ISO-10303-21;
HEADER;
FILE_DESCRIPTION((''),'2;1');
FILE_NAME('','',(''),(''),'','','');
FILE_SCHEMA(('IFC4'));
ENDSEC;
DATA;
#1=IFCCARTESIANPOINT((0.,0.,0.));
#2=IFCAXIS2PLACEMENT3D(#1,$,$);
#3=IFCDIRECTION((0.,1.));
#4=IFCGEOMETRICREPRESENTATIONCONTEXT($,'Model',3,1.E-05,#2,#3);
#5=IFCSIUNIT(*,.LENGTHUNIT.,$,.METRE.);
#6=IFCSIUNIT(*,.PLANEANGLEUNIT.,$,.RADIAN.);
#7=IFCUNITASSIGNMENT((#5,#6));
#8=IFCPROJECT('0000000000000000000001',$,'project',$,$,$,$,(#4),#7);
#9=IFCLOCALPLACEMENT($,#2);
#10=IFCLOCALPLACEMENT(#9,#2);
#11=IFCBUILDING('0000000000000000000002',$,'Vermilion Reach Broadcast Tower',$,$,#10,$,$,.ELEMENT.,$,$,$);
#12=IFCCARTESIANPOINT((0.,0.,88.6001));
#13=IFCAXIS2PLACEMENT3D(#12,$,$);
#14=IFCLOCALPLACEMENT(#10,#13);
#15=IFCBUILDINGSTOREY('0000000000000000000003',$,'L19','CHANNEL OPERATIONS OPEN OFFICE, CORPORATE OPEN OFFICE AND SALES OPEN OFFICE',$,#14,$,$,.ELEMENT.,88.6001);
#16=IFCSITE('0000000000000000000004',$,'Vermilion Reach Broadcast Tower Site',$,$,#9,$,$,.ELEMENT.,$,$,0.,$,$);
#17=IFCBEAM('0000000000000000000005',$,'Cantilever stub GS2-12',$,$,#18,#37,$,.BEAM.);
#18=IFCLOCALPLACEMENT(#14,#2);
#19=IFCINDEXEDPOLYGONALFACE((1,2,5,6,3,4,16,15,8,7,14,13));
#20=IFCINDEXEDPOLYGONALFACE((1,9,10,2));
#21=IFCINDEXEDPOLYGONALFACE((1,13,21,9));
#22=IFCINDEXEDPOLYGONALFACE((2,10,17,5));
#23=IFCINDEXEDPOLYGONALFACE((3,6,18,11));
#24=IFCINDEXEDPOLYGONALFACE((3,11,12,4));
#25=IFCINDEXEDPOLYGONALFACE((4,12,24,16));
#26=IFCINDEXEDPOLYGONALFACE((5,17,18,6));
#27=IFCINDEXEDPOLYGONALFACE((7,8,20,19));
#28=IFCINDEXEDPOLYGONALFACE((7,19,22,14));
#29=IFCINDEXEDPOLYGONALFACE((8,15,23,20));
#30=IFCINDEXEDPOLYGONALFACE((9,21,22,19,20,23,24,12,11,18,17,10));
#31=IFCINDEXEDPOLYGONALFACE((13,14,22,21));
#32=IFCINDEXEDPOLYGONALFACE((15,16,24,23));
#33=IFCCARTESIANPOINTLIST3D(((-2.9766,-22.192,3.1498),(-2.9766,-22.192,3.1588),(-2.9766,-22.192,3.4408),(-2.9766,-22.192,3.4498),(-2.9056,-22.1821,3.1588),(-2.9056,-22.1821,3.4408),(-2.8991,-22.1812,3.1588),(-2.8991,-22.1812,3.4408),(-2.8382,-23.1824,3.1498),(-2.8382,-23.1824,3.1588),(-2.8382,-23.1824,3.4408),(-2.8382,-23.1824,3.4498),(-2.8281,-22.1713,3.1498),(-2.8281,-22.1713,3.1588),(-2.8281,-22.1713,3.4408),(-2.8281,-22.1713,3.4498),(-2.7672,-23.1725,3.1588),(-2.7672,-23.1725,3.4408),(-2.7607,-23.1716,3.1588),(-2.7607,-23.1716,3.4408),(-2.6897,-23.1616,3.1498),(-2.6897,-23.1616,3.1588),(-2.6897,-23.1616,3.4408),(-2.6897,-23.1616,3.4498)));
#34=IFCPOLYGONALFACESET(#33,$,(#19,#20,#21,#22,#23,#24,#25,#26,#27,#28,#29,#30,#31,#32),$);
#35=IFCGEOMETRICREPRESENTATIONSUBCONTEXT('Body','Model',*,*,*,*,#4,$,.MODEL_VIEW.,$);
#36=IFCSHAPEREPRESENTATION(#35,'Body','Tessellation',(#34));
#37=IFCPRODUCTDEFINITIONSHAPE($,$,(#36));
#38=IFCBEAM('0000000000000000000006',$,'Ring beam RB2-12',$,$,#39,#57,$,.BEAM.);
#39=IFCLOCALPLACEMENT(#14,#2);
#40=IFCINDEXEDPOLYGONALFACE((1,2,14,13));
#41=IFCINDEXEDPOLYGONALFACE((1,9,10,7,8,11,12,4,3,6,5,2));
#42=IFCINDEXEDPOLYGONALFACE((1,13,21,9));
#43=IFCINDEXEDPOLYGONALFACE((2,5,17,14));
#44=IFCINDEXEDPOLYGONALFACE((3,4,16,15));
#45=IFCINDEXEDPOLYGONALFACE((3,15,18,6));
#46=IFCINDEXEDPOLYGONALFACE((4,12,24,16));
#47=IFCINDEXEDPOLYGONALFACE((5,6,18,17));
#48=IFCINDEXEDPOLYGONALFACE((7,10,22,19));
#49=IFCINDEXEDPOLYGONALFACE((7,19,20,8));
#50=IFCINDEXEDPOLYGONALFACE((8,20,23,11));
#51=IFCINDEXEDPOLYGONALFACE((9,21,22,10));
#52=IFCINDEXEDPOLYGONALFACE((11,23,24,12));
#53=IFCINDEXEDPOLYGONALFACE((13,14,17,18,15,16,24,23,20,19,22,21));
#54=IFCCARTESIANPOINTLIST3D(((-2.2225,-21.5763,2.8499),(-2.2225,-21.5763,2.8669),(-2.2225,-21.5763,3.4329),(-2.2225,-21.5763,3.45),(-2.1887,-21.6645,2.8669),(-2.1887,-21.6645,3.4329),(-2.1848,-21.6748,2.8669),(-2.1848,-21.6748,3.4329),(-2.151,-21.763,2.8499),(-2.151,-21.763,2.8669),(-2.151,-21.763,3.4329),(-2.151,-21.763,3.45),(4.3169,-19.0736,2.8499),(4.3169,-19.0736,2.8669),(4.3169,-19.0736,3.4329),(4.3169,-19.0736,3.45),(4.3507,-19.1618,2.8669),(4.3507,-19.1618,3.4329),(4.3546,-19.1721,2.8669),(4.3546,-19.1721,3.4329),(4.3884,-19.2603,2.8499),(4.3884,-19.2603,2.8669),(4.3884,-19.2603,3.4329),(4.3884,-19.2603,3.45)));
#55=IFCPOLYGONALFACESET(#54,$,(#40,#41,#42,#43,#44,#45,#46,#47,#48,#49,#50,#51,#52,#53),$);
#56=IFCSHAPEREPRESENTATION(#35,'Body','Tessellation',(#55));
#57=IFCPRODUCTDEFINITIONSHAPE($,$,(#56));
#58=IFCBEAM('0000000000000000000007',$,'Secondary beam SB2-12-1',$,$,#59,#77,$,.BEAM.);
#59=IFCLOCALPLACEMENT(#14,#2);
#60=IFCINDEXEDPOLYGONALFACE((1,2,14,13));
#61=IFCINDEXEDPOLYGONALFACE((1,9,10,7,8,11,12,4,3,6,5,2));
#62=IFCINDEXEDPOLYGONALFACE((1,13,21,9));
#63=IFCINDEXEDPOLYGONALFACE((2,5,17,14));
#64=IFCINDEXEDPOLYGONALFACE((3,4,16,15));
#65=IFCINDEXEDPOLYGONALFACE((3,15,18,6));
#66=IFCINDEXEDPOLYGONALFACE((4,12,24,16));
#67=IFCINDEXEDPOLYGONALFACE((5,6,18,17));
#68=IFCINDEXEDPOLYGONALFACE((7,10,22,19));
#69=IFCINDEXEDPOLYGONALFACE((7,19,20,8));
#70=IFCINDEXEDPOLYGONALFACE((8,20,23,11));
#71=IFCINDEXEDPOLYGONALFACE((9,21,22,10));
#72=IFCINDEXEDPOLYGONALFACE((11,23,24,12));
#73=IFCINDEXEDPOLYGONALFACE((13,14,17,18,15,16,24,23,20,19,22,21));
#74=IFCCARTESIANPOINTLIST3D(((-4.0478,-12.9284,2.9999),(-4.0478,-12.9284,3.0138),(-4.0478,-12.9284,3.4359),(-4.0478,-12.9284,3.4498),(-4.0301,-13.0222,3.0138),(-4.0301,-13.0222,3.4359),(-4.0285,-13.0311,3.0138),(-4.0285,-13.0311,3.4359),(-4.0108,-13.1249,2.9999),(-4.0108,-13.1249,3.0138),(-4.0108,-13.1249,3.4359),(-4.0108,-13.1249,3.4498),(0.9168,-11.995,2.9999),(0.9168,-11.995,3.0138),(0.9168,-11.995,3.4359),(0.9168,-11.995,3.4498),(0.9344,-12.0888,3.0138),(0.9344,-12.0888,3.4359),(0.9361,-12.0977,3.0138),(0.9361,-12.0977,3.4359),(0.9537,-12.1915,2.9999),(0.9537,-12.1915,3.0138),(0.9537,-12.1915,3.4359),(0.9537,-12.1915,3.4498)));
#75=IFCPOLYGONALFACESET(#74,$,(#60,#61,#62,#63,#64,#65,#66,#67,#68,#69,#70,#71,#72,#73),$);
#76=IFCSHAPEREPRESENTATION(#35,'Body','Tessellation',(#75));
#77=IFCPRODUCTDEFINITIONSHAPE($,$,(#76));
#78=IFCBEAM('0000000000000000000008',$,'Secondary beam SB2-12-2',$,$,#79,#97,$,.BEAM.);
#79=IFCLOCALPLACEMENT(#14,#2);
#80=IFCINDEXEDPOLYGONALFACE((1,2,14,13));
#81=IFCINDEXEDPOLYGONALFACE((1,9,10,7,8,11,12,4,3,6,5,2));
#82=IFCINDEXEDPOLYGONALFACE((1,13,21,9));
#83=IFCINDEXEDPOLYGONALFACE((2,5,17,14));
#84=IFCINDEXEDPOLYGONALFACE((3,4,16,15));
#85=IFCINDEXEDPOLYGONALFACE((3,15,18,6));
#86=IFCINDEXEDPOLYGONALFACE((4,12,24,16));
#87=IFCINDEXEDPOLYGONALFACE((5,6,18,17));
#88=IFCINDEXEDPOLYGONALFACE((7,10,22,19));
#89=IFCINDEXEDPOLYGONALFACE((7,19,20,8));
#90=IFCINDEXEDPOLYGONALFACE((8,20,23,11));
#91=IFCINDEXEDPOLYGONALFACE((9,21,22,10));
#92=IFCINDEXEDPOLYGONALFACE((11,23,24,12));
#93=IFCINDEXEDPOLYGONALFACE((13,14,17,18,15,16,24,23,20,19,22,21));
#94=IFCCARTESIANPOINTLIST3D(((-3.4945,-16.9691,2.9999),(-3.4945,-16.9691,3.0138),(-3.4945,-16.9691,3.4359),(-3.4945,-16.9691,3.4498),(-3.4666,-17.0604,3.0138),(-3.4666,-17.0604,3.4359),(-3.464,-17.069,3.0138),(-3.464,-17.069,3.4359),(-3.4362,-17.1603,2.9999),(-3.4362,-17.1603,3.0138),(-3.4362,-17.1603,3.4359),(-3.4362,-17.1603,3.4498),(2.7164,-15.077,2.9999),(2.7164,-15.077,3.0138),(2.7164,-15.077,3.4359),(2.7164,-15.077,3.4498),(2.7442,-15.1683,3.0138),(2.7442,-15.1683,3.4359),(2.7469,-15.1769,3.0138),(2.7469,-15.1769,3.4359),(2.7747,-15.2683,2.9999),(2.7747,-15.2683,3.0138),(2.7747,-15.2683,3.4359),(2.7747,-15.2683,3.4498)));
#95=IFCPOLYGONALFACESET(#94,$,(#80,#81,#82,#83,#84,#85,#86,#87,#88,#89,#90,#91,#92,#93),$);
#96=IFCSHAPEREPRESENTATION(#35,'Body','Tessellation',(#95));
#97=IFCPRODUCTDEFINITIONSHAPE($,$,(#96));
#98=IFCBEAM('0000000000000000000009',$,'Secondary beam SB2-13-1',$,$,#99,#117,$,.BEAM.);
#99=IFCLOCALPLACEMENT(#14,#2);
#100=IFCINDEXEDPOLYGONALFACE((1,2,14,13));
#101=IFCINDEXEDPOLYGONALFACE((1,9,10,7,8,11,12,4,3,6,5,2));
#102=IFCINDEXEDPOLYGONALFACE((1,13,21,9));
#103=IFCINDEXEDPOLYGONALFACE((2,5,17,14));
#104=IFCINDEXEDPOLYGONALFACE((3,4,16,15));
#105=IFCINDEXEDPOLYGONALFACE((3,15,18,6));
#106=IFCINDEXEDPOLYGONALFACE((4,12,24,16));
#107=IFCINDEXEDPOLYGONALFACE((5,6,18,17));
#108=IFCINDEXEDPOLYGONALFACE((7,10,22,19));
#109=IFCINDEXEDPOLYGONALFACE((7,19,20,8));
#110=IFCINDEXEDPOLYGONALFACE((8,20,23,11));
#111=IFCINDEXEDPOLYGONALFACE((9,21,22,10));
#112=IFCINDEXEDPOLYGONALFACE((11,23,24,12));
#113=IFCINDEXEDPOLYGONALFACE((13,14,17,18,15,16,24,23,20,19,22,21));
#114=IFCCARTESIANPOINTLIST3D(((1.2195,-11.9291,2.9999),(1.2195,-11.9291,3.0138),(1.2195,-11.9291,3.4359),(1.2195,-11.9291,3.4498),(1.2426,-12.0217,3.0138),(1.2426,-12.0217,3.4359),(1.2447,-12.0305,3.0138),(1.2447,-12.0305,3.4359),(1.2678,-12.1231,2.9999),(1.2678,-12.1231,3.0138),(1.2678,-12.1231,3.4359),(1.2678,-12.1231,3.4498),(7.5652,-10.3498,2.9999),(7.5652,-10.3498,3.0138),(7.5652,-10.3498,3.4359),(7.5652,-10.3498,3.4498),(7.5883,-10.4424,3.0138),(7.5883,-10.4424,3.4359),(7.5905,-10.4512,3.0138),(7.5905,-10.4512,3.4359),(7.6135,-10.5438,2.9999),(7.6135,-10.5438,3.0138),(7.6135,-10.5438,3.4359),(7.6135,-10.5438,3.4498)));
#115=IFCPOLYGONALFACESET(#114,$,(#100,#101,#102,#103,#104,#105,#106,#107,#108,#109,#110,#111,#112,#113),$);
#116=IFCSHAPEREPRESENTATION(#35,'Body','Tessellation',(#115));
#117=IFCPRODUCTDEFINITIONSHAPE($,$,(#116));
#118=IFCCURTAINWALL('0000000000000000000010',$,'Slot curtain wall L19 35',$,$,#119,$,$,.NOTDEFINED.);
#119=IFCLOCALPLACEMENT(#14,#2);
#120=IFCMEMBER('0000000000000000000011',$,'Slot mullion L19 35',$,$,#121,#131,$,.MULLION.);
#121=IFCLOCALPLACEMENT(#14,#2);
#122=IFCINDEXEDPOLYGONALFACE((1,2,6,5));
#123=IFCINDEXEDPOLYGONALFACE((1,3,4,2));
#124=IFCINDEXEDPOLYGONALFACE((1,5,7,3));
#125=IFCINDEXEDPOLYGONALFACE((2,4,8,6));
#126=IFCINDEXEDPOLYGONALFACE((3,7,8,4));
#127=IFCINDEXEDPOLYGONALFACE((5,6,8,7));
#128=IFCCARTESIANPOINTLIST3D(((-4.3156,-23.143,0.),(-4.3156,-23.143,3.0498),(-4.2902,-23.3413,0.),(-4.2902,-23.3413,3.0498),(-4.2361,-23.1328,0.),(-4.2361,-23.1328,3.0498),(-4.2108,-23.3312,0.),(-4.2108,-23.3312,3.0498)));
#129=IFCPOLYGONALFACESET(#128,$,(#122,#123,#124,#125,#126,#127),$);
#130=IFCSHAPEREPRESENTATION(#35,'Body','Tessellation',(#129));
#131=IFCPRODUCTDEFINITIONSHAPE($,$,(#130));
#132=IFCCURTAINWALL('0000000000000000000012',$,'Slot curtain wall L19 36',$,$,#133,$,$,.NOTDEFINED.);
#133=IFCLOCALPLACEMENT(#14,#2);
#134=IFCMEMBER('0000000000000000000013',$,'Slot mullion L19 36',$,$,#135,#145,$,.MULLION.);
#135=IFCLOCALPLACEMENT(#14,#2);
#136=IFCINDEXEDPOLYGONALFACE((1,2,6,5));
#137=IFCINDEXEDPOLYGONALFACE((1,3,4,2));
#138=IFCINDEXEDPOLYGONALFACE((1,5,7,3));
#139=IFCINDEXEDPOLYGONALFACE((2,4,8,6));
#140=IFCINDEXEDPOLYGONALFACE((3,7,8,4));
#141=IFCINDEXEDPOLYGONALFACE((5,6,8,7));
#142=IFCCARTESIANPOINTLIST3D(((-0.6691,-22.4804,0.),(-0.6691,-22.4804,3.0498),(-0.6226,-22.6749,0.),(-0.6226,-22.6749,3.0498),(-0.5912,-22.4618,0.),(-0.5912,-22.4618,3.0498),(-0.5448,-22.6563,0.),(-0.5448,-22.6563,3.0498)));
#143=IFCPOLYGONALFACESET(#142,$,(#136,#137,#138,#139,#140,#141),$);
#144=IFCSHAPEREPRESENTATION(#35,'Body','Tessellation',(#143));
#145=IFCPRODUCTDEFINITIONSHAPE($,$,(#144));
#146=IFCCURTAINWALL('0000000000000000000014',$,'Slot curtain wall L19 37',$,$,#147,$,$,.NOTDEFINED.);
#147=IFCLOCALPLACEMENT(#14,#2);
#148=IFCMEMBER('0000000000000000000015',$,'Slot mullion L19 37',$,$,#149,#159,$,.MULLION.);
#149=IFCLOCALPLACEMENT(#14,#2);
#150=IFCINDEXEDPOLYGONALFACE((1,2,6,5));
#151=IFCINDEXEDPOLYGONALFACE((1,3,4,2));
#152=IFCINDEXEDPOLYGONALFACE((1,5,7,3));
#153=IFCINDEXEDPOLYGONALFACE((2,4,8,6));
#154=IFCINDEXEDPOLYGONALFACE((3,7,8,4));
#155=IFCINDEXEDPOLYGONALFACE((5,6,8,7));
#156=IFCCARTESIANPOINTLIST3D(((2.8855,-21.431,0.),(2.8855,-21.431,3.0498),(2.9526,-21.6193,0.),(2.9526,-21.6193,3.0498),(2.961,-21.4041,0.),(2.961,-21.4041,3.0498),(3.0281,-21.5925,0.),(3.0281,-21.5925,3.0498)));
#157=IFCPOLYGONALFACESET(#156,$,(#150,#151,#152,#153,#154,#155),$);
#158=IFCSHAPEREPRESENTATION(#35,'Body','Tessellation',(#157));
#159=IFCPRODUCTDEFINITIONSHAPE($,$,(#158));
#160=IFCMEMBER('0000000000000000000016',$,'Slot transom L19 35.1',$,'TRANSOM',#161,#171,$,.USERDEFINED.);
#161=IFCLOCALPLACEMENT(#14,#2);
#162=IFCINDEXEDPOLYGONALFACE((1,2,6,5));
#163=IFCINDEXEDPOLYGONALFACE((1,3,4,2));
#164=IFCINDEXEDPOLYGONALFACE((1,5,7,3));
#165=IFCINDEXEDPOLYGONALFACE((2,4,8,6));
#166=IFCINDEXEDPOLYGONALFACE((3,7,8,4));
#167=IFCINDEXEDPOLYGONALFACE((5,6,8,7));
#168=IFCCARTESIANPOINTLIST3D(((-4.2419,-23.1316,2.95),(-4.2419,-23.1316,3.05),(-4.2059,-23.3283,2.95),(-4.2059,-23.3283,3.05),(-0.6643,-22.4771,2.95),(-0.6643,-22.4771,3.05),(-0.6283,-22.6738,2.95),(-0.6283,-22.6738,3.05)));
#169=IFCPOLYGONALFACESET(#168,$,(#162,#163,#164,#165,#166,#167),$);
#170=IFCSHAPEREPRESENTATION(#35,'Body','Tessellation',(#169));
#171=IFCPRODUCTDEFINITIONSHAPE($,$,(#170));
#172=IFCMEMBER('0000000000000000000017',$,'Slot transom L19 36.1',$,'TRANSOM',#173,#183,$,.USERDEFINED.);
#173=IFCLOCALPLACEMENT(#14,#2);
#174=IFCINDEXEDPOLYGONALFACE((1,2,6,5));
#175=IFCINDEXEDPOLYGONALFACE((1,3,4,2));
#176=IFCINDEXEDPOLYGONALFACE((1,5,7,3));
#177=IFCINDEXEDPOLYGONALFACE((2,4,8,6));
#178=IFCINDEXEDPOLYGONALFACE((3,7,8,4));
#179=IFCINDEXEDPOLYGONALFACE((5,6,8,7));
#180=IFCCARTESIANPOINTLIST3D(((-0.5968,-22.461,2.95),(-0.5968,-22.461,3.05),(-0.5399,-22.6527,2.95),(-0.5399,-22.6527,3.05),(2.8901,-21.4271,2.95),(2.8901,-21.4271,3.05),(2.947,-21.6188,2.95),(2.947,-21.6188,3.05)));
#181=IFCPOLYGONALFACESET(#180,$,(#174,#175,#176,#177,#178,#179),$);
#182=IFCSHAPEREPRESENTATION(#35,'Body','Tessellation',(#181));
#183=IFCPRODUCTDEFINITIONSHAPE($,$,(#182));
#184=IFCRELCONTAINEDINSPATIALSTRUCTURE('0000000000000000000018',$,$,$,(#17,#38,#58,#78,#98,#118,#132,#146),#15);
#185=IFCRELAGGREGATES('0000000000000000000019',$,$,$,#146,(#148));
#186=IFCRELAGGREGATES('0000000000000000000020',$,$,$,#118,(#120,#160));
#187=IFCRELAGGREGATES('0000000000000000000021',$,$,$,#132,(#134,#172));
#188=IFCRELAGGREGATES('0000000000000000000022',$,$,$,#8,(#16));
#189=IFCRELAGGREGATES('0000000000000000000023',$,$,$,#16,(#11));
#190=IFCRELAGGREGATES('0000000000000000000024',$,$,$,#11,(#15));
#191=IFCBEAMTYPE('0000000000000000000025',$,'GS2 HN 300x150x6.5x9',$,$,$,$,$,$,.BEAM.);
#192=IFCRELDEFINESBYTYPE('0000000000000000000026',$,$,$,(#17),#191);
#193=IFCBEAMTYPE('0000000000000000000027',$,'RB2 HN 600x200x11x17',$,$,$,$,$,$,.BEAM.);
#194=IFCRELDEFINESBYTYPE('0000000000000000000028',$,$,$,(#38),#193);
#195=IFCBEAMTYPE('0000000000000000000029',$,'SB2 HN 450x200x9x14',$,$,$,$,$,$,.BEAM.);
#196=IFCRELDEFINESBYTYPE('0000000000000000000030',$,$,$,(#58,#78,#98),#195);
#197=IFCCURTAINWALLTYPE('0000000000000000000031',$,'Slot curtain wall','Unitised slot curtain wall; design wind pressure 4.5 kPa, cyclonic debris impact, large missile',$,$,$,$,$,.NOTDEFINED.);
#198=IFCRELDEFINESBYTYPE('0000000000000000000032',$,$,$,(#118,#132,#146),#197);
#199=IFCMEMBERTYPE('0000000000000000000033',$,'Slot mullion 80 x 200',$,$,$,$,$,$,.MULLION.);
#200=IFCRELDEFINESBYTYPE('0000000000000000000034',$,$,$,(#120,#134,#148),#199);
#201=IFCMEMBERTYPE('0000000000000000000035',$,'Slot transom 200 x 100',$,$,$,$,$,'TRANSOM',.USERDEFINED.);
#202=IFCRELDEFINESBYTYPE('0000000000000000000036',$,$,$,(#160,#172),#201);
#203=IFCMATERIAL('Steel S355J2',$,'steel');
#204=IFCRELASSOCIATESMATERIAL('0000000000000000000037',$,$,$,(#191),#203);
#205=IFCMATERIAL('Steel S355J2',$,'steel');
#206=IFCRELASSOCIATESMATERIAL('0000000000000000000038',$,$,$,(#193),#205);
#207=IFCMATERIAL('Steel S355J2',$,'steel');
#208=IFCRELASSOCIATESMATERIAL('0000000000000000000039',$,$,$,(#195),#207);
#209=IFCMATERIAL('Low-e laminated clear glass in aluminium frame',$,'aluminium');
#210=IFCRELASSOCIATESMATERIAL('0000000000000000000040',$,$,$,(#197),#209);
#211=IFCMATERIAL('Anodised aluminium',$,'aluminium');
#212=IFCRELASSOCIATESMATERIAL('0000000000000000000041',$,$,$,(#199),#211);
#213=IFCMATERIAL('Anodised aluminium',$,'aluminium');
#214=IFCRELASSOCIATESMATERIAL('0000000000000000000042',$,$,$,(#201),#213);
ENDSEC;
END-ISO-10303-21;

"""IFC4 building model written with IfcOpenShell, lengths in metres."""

from ifc_helpers import new_model, si_unit, direction, frame, origin, origin_2d, place, context, subcontext, project, spatial, rectangle, i_section, extrude, material, material_profile, profile_set, type_object, element, aggregate, save


model = new_model("IFC4")

# Units and contexts
model_context = context("Model", 3, precision=1e-05, world=origin(), true_north=direction((0.0, 1.0)))
body_context = subcontext(model_context, "Body", "Model", "MODEL_VIEW")
ifc_project = project(units=[si_unit("LENGTHUNIT", "METRE"), si_unit("PLANEANGLEUNIT", "RADIAN")], contexts=[model_context])

# Site, building, storey
site_placement = place(None, origin())
site = spatial("IfcSite", under=ifc_project, at=site_placement, Name="Vermilion Reach Broadcast Tower Site", CompositionType="ELEMENT", RefElevation=0.0)
building_placement = place(site_placement, origin())
building = spatial("IfcBuilding", under=site, at=building_placement, Name="Vermilion Reach Broadcast Tower", CompositionType="ELEMENT")
storey_placement = place(building_placement, frame((0.0, 0.0, 88.6001)))
storey = spatial("IfcBuildingStorey", under=building, at=storey_placement, Name="L19", Description="CHANNEL OPERATIONS OPEN OFFICE, CORPORATE OPEN OFFICE AND SALES OPEN OFFICE", CompositionType="ELEMENT", Elevation=88.6001)

# Beams
ifc_material_1 = material(Name="Steel S355J2", Category="steel")
ifc_material_profile_1 = material_profile(ifc_material_1, i_section(OverallWidth=0.1499, OverallDepth=0.3, WebThickness=0.0066, FlangeThickness=0.009, at=origin_2d()), Name="S355J2 HN 300x150x6.5x9")
ifc_profile_set_1 = profile_set([ifc_material_profile_1], Name="Steel S355J2")
beam_type_1 = type_object("IfcBeamType", Name="GS2 HN 300x150x6.5x9", PredefinedType="BEAM", material=ifc_profile_set_1)
beam_1_placement = place(storey_placement, frame((-2.9023, -22.1816, 3.2998), z_axis=(0.138413, -0.990375, 0.0), x_axis=(0.990375, 0.138413, 0.0)))
element("IfcBeam", 1, at=beam_1_placement, inside=storey, type_object=beam_type_1, Name="Cantilever stub GS2-12", PredefinedType="BEAM", context=body_context, shape_type="SweptSolid", body=[
    extrude(i_section(OverallWidth=0.1499, OverallDepth=0.3, WebThickness=0.0066, FlangeThickness=0.009, at=origin_2d()), origin(), (0.0, 0.0, 1.0), 1.0),
])
ifc_material_2 = material(Name="Steel S355J2", Category="steel")
ifc_material_profile_2 = material_profile(ifc_material_2, i_section(OverallWidth=0.2, OverallDepth=0.6001, WebThickness=0.011, FlangeThickness=0.0171, at=origin_2d()), Name="S355J2 HN 600x200x11x17")
ifc_profile_set_2 = profile_set([ifc_material_profile_2], Name="Steel S355J2")
beam_type_2 = type_object("IfcBeamType", Name="RB2 HN 600x200x11x17", PredefinedType="BEAM", material=ifc_profile_set_2)
beam_2_placement = place(storey_placement, frame((-2.1868, -21.6697, 3.1499), z_axis=(0.933939, 0.357432, 0.0), x_axis=(-0.357432, 0.933939, 0.0)))
element("IfcBeam", 2, at=beam_2_placement, inside=storey, type_object=beam_type_2, Name="Ring beam RB2-12", PredefinedType="BEAM", context=body_context, shape_type="SweptSolid", body=[
    extrude(i_section(OverallWidth=0.2, OverallDepth=0.6001, WebThickness=0.011, FlangeThickness=0.0171, at=origin_2d()), origin(), (0.0, 0.0, 1.0), 7.002),
])
ifc_material_3 = material(Name="Steel S355J2", Category="steel")
ifc_material_profile_3 = material_profile(ifc_material_3, i_section(OverallWidth=0.2, OverallDepth=0.45, WebThickness=0.009, FlangeThickness=0.0139, at=origin_2d()), Name="S355J2 HN 450x200x9x14")
ifc_profile_set_3 = profile_set([ifc_material_profile_3], Name="Steel S355J2")
beam_type_3 = type_object("IfcBeamType", Name="SB2 HN 450x200x9x14", PredefinedType="BEAM", material=ifc_profile_set_3)
beam_3_placement = place(storey_placement, frame((-4.0293, -13.0266, 3.2249), z_axis=(0.982783, 0.184764, 0.0), x_axis=(-0.184764, 0.982783, 0.0)))
element("IfcBeam", 3, at=beam_3_placement, inside=storey, type_object=beam_type_3, Name="Secondary beam SB2-12-1", PredefinedType="BEAM", context=body_context, shape_type="SweptSolid", body=[
    extrude(i_section(OverallWidth=0.2, OverallDepth=0.45, WebThickness=0.009, FlangeThickness=0.0139, at=origin_2d()), origin(), (0.0, 0.0, 1.0), 5.0515),
])
beam_4_placement = place(storey_placement, frame((-3.4653, -17.0647, 3.2249), z_axis=(0.956596, 0.291416, 0.0), x_axis=(-0.291416, 0.956596, 0.0)))
element("IfcBeam", 4, at=beam_4_placement, inside=storey, type_object=beam_type_3, Name="Secondary beam SB2-12-2", PredefinedType="BEAM", context=body_context, shape_type="SweptSolid", body=[
    extrude(i_section(OverallWidth=0.2, OverallDepth=0.45, WebThickness=0.009, FlangeThickness=0.0139, at=origin_2d()), origin(), (0.0, 0.0, 1.0), 6.4927),
])
beam_5_placement = place(storey_placement, frame((1.2437, -12.0261, 3.2249), z_axis=(0.970397, 0.241516, 0.0), x_axis=(-0.241516, 0.970397, 0.0)))
element("IfcBeam", 5, at=beam_5_placement, inside=storey, type_object=beam_type_3, Name="Secondary beam SB2-13-1", PredefinedType="BEAM", context=body_context, shape_type="SweptSolid", body=[
    extrude(i_section(OverallWidth=0.2, OverallDepth=0.45, WebThickness=0.009, FlangeThickness=0.0139, at=origin_2d()), origin(), (0.0, 0.0, 1.0), 6.5393),
])

# Curtain walls, members
ifc_material_4 = material(Name="Low-e laminated clear glass in aluminium frame", Category="aluminium")
curtain_wall_type = type_object("IfcCurtainWallType", Name="Slot curtain wall", Description="Unitised slot curtain wall; design wind pressure 4.5 kPa, cyclonic debris impact, large missile", PredefinedType="NOTDEFINED", material=ifc_material_4)
placement = place(storey_placement, origin())
curtain_wall_1 = element("IfcCurtainWall", 6, at=placement, inside=storey, type_object=curtain_wall_type, Name="Slot curtain wall L19 35", PredefinedType="NOTDEFINED")
ifc_material_5 = material(Name="Anodised aluminium", Category="aluminium")
ifc_material_profile_4 = material_profile(ifc_material_5, rectangle(XDim=0.2, YDim=0.0801, at=origin_2d()), Name="Slot mullion 80 x 200")
ifc_profile_set_4 = profile_set([ifc_material_profile_4], Name="Anodised aluminium")
member_type_1 = type_object("IfcMemberType", Name="Slot mullion 80 x 200", PredefinedType="MULLION", material=ifc_profile_set_4)
member_1_placement = place(storey_placement, frame((-4.2632, -23.2371, 0.0), z_axis=(0.0, 0.0, 1.0), x_axis=(-0.126616, 0.991952, 0.0)))
member_1 = element("IfcMember", 7, at=member_1_placement, type_object=member_type_1, Name="Slot mullion L19 35", PredefinedType="MULLION", context=body_context, shape_type="SweptSolid", body=[
    extrude(rectangle(XDim=0.2, YDim=0.0801, at=origin_2d()), origin(), (0.0, 0.0, 1.0), 3.0498),
])
curtain_wall_2 = element("IfcCurtainWall", 8, at=placement, inside=storey, type_object=curtain_wall_type, Name="Slot curtain wall L19 36", PredefinedType="NOTDEFINED")
member_2_placement = place(storey_placement, frame((-0.6069, -22.5684, 0.0), z_axis=(0.0, 0.0, 1.0), x_axis=(-0.232427, 0.972614, 0.0)))
member_2 = element("IfcMember", 9, at=member_2_placement, type_object=member_type_1, Name="Slot mullion L19 36", PredefinedType="MULLION", context=body_context, shape_type="SweptSolid", body=[
    extrude(rectangle(XDim=0.2, YDim=0.0801, at=origin_2d()), origin(), (0.0, 0.0, 1.0), 3.0498),
])
curtain_wall_3 = element("IfcCurtainWall", 10, at=placement, inside=storey, type_object=curtain_wall_type, Name="Slot curtain wall L19 37", PredefinedType="NOTDEFINED")
member_3_placement = place(storey_placement, frame((2.9568, -21.5117, 0.0), z_axis=(0.0, 0.0, 1.0), x_axis=(-0.335549, 0.942023, 0.0)))
member_3 = element("IfcMember", 11, at=member_3_placement, type_object=member_type_1, Name="Slot mullion L19 37", PredefinedType="MULLION", context=body_context, shape_type="SweptSolid", body=[
    extrude(rectangle(XDim=0.2, YDim=0.0801, at=origin_2d()), origin(), (0.0, 0.0, 1.0), 3.0498),
])
aggregate(curtain_wall_3, [member_3])

# Members
ifc_material_6 = material(Name="Anodised aluminium", Category="aluminium")
ifc_material_profile_5 = material_profile(ifc_material_6, rectangle(XDim=0.2, YDim=0.1001, at=origin_2d()), Name="Slot transom 200 x 100")
ifc_profile_set_5 = profile_set([ifc_material_profile_5], Name="Anodised aluminium")
member_type_2 = type_object("IfcMemberType", Name="Slot transom 200 x 100", ElementType="TRANSOM", PredefinedType="USERDEFINED", material=ifc_profile_set_5)
member_4_placement = place(storey_placement, frame((-4.2239, -23.23, 3.0), z_axis=(0.983673, 0.179966, 0.0), x_axis=(-0.179966, 0.983673, 0.0)))
member_4 = element("IfcMember", 12, at=member_4_placement, type_object=member_type_2, Name="Slot transom L19 35.1", ObjectType="TRANSOM", PredefinedType="USERDEFINED", context=body_context, shape_type="SweptSolid", body=[
    extrude(rectangle(XDim=0.2, YDim=0.1001, at=origin_2d()), origin(), (0.0, 0.0, 1.0), 3.637),
])
member_5_placement = place(storey_placement, frame((-0.5684, -22.5569, 3.0), z_axis=(0.958738, 0.284292, 0.0), x_axis=(-0.284292, 0.958738, 0.0)))
member_5 = element("IfcMember", 13, at=member_5_placement, type_object=member_type_2, Name="Slot transom L19 36.1", ObjectType="TRANSOM", PredefinedType="USERDEFINED", context=body_context, shape_type="SweptSolid", body=[
    extrude(rectangle(XDim=0.2, YDim=0.1001, at=origin_2d()), origin(), (0.0, 0.0, 1.0), 3.637),
])

aggregate(curtain_wall_1, [member_1, member_4])
aggregate(curtain_wall_2, [member_2, member_5])

save(model, "model.ifc")
